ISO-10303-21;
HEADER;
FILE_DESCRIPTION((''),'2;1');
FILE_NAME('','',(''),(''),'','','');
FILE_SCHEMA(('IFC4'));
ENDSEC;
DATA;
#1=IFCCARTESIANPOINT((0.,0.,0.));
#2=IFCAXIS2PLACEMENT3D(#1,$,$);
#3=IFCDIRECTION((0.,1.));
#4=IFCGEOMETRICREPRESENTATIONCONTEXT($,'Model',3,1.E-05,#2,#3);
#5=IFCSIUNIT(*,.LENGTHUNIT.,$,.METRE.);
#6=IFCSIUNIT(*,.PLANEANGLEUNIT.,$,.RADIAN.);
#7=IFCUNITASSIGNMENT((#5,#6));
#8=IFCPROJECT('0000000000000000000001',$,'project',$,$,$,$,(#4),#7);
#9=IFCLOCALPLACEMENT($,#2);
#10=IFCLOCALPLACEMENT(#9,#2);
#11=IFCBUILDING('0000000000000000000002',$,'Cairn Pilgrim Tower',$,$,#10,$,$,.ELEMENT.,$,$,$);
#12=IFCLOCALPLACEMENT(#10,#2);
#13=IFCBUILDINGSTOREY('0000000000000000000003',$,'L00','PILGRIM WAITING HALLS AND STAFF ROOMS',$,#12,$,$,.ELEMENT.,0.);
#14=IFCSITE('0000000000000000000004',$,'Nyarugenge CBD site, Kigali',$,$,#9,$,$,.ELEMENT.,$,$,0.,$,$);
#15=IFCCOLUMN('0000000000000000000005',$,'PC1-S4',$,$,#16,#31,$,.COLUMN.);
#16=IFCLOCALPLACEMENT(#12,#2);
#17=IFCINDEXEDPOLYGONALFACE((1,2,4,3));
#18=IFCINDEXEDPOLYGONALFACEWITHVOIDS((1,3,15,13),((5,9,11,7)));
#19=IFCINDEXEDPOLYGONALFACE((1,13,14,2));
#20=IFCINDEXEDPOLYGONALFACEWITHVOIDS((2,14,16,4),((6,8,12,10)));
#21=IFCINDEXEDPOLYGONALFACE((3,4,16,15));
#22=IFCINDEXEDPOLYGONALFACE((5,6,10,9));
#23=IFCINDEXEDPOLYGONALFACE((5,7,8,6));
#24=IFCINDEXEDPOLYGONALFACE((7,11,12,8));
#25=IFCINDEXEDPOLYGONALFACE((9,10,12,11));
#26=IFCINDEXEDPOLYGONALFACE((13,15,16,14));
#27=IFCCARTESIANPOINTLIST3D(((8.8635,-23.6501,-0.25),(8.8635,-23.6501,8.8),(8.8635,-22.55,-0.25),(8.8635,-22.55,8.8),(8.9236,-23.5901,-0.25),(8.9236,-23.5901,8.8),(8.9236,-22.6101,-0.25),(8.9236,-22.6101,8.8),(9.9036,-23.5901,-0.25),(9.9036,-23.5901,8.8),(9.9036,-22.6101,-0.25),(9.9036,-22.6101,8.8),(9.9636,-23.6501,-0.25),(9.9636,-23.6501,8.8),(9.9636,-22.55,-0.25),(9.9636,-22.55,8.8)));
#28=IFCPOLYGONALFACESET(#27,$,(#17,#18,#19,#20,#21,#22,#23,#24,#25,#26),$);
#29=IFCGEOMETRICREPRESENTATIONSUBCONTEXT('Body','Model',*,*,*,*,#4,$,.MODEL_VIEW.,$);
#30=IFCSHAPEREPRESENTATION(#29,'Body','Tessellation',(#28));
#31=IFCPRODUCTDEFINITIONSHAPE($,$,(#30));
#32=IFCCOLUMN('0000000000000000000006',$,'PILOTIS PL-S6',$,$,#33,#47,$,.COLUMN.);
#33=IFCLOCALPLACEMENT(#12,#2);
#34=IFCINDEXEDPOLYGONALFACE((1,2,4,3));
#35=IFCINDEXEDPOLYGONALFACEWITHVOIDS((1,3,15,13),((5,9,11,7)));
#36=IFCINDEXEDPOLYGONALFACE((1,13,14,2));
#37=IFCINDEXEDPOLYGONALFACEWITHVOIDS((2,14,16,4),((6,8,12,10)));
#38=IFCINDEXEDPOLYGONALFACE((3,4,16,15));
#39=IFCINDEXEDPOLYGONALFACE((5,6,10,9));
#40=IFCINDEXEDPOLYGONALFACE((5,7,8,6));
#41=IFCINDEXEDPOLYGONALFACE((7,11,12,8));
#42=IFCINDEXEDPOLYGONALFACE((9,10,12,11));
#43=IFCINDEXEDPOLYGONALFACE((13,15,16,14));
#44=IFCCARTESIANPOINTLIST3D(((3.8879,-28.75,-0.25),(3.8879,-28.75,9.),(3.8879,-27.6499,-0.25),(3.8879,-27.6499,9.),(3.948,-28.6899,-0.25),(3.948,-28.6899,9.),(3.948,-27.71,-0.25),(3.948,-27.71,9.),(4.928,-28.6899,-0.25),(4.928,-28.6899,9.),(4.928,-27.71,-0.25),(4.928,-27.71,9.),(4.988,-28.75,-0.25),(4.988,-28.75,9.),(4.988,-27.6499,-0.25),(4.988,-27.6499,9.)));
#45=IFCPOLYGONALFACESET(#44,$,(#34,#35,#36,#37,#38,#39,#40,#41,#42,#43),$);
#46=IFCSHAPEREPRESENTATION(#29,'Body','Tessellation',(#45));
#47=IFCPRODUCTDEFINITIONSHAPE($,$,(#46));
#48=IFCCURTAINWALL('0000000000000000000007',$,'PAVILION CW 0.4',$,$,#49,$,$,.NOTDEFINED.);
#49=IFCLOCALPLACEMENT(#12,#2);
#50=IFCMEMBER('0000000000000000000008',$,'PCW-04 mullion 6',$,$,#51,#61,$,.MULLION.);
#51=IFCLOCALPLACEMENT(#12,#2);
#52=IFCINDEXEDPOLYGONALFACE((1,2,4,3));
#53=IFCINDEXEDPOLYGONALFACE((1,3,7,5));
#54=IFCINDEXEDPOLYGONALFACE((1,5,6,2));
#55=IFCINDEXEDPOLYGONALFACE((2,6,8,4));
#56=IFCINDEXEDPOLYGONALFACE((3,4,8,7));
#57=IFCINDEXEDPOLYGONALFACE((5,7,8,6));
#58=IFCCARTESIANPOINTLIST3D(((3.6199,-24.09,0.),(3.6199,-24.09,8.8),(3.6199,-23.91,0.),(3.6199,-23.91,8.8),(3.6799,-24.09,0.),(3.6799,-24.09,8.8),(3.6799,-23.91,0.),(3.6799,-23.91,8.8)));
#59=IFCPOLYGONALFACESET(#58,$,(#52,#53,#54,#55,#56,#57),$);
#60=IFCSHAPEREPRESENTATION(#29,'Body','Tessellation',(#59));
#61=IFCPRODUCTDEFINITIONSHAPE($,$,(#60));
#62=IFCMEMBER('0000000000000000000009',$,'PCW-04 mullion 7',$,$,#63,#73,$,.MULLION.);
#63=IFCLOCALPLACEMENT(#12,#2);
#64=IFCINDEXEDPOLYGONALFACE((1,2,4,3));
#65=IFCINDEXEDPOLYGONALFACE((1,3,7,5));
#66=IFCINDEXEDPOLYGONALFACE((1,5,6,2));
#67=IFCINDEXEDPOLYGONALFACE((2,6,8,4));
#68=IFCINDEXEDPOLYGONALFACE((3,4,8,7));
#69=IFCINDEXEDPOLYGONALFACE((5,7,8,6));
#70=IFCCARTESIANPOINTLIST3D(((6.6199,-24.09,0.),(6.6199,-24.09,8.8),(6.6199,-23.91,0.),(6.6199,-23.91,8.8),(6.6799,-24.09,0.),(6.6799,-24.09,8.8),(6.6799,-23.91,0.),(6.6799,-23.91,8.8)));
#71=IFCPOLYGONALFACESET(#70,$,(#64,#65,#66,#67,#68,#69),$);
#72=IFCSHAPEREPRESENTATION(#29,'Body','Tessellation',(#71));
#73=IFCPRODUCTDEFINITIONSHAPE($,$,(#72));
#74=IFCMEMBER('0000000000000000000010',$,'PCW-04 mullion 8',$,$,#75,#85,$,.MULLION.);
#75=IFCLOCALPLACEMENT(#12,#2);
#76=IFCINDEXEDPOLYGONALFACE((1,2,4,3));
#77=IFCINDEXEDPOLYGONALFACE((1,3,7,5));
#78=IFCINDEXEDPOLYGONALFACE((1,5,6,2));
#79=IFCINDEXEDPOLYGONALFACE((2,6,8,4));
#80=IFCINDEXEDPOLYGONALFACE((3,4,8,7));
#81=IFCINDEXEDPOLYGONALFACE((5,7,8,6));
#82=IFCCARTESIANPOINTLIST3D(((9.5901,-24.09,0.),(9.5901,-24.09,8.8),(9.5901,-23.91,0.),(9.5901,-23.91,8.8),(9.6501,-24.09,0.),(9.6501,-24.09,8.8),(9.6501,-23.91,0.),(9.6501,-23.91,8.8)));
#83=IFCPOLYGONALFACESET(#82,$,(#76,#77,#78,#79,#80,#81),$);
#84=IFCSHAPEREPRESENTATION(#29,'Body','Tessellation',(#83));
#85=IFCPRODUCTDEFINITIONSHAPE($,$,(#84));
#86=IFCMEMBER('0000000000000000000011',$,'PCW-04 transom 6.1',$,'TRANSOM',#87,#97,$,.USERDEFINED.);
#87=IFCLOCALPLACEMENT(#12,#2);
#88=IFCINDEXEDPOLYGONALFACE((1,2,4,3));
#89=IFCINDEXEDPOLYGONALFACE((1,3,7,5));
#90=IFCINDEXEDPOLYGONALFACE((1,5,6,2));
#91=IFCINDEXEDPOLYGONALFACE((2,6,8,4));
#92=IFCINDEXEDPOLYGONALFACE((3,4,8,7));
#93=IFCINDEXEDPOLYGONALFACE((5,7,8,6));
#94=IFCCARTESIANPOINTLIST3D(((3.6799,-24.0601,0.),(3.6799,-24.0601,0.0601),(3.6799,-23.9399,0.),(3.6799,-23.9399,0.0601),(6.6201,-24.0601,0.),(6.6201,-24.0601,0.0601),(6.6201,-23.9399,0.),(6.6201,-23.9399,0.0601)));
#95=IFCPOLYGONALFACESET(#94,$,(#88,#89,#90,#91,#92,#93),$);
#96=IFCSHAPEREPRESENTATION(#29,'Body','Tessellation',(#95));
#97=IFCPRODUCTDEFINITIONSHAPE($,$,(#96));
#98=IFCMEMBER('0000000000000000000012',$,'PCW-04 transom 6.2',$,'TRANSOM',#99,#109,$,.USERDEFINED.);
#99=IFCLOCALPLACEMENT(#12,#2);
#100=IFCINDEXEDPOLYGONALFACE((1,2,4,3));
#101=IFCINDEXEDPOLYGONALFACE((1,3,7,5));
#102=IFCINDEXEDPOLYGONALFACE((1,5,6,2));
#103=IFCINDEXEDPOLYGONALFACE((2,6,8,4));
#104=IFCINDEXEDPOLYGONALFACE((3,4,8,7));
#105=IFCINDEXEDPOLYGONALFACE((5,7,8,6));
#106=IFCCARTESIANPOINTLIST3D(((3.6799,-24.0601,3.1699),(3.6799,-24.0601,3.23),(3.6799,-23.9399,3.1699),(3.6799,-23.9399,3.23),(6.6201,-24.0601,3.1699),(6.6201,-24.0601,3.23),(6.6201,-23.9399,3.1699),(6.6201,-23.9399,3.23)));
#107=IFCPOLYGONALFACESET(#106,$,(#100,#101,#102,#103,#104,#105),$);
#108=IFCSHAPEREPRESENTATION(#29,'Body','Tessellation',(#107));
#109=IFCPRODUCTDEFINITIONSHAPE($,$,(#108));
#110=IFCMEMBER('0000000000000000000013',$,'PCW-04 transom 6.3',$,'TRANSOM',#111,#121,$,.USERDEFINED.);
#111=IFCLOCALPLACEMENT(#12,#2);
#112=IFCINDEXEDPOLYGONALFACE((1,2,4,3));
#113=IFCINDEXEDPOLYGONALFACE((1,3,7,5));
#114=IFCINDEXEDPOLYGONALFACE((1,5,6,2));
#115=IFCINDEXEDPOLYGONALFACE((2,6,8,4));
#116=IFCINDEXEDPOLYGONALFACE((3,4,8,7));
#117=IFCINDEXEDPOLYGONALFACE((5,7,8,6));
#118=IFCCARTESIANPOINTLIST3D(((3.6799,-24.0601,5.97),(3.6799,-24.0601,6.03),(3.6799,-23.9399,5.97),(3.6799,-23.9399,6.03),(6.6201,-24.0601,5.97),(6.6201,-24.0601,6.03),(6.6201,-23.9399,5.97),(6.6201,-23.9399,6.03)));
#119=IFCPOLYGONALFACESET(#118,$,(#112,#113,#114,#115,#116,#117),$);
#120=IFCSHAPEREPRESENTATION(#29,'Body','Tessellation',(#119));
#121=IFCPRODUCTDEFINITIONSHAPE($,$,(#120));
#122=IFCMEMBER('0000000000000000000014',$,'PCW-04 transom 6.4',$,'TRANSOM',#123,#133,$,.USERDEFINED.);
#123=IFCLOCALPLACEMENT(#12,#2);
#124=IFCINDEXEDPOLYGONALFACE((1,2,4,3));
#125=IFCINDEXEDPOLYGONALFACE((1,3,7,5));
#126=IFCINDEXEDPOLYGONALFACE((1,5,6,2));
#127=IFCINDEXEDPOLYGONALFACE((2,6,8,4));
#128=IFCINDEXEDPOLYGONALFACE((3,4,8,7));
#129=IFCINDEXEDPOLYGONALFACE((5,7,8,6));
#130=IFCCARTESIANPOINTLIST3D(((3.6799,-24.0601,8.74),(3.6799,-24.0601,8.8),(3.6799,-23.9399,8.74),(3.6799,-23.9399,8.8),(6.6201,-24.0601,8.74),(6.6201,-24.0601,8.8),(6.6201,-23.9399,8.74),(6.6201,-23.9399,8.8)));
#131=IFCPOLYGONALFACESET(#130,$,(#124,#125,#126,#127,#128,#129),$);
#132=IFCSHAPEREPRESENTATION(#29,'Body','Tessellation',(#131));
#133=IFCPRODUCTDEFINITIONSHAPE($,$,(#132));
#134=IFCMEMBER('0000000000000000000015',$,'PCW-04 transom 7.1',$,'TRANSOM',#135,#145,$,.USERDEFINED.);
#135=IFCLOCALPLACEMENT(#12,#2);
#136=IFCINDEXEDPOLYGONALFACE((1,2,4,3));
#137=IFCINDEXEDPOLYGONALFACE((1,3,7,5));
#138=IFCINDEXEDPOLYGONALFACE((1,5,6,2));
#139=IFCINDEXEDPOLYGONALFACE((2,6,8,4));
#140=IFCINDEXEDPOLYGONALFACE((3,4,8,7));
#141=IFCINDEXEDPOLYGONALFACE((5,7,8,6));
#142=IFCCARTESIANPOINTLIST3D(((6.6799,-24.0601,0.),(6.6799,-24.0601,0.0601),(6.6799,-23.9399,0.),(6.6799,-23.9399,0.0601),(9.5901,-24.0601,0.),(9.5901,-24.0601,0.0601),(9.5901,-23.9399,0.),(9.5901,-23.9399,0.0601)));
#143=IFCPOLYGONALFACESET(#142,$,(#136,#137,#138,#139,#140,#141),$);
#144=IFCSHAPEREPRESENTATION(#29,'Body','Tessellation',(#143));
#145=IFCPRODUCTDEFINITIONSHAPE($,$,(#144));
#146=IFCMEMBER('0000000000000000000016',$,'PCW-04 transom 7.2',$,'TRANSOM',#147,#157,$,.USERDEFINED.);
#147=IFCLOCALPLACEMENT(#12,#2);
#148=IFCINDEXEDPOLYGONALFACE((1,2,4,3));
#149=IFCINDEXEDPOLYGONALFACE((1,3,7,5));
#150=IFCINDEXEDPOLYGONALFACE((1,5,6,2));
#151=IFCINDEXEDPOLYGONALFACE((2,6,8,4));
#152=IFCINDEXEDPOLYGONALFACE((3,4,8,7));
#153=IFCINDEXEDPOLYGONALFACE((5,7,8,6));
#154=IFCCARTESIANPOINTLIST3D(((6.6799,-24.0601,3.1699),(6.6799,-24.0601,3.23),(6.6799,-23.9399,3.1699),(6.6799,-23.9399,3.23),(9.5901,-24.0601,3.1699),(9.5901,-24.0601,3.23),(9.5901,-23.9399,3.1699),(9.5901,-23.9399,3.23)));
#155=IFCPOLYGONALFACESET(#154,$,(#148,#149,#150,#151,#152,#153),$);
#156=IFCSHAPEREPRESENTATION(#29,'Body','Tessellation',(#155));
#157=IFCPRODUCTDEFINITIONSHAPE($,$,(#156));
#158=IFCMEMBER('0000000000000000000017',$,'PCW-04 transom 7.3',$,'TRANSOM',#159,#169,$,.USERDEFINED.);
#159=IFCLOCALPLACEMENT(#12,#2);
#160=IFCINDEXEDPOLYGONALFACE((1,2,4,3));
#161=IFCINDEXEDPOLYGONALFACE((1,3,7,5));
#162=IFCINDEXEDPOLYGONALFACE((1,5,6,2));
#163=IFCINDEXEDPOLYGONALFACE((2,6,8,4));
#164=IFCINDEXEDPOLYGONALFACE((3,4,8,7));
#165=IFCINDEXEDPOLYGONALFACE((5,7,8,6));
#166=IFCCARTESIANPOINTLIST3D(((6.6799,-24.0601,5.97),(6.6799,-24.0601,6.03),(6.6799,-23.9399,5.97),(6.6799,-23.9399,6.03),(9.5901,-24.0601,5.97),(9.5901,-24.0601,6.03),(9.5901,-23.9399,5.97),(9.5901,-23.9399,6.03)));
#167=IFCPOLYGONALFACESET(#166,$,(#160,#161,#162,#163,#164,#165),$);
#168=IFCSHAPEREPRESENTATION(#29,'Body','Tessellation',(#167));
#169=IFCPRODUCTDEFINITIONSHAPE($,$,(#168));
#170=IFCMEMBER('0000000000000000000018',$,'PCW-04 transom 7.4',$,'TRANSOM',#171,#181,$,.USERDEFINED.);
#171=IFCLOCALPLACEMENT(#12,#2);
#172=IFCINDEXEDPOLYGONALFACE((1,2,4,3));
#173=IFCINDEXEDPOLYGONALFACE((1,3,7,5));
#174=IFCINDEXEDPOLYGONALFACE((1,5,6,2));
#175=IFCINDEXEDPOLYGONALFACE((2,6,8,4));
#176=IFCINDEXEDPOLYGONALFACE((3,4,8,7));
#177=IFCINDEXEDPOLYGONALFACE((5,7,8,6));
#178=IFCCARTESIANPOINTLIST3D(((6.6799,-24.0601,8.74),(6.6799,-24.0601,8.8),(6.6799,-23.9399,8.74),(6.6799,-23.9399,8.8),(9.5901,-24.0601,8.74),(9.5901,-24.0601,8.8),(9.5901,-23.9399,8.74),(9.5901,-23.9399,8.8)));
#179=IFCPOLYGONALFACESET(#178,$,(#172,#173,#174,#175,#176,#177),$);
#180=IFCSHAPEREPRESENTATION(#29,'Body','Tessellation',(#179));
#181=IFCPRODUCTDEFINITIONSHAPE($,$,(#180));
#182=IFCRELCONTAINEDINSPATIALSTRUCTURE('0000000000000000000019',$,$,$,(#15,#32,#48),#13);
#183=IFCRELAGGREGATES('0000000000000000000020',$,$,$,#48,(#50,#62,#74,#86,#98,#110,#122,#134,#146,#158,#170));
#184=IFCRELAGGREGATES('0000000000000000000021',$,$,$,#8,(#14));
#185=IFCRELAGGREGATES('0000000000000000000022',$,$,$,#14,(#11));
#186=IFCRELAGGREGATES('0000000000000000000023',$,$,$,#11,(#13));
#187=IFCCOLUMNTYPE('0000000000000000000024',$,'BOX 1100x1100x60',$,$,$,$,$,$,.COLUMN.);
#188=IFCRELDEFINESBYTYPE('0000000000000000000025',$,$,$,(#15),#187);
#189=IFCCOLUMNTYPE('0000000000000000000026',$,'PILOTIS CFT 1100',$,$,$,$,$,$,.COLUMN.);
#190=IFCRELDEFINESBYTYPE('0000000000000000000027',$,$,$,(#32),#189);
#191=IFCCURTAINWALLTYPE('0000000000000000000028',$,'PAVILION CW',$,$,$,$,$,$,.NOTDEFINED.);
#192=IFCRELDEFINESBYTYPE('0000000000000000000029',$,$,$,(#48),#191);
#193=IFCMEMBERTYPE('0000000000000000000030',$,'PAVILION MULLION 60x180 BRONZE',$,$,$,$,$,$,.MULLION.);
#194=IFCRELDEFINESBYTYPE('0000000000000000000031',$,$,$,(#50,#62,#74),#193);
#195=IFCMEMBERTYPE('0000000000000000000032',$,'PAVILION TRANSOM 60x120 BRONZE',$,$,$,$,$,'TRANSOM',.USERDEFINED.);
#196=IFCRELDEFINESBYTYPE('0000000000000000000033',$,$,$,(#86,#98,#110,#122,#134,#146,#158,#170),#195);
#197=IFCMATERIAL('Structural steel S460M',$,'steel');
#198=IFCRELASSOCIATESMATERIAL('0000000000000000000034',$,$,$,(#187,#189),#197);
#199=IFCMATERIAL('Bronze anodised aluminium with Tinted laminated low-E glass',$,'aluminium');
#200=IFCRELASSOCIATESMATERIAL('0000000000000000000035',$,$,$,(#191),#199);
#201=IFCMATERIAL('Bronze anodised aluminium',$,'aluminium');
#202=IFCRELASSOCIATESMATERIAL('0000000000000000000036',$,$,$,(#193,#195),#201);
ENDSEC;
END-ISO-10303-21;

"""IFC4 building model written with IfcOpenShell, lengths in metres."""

from ifc_helpers import new_model, si_unit, direction, frame, origin, origin_2d, place, context, subcontext, project, spatial, rectangle, hollow_rectangle, extrude, material, material_profile, profile_set, type_object, element, aggregate, save


model = new_model("IFC4")

# Units and contexts
model_context = context("Model", 3, precision=1e-05, world=origin(), true_north=direction((0.0, 1.0)))
body_context = subcontext(model_context, "Body", "Model", "MODEL_VIEW")
ifc_project = project(units=[si_unit("LENGTHUNIT", "METRE"), si_unit("PLANEANGLEUNIT", "RADIAN")], contexts=[model_context])

# Site, building, storey
site_placement = place(None, origin())
site = spatial("IfcSite", under=ifc_project, at=site_placement, Name="Nyarugenge CBD site, Kigali", CompositionType="ELEMENT", RefElevation=0.0)
building_placement = place(site_placement, origin())
building = spatial("IfcBuilding", under=site, at=building_placement, Name="Cairn Pilgrim Tower", CompositionType="ELEMENT")
storey_placement = place(building_placement, origin())
storey = spatial("IfcBuildingStorey", under=building, at=storey_placement, Name="L00", Description="PILGRIM WAITING HALLS AND STAFF ROOMS", CompositionType="ELEMENT", Elevation=0.0)

# Columns
ifc_material_1 = material(Name="Structural steel S460M", Category="steel")
ifc_material_profile_1 = material_profile(ifc_material_1, hollow_rectangle(XDim=1.1001, YDim=1.1001, WallThickness=0.0601, at=origin_2d()), Name="BOX 1100x1100x60")
ifc_profile_set_1 = profile_set([ifc_material_profile_1], Name="Structural steel S460M")
column_type_1 = type_object("IfcColumnType", Name="BOX 1100x1100x60", PredefinedType="COLUMN", material=ifc_profile_set_1)
column_1_placement = place(storey_placement, frame((9.4136, -23.1001, -0.25), z_axis=(0.0, 0.0, 1.0), x_axis=(1.0, 0.0, 0.0)))
element("IfcColumn", 1, at=column_1_placement, inside=storey, type_object=column_type_1, Name="PC1-S4", PredefinedType="COLUMN", context=body_context, shape_type="SweptSolid", body=[
    extrude(hollow_rectangle(XDim=1.1001, YDim=1.1001, WallThickness=0.0601, at=origin_2d()), origin(), (0.0, 0.0, 1.0), 9.05),
])
ifc_material_profile_2 = material_profile(ifc_material_1, hollow_rectangle(XDim=1.1001, YDim=1.1001, WallThickness=0.0601, at=origin_2d()), Name="BOX 1100x1100x60")
ifc_profile_set_2 = profile_set([ifc_material_profile_2], Name="Structural steel S460M")
column_type_2 = type_object("IfcColumnType", Name="PILOTIS CFT 1100", PredefinedType="COLUMN", material=ifc_profile_set_2)
column_2_placement = place(storey_placement, frame((4.438, -28.2, -0.25), z_axis=(0.0, 0.0, 1.0), x_axis=(1.0, 0.0, 0.0)))
element("IfcColumn", 2, at=column_2_placement, inside=storey, type_object=column_type_2, Name="PILOTIS PL-S6", PredefinedType="COLUMN", context=body_context, shape_type="SweptSolid", body=[
    extrude(hollow_rectangle(XDim=1.1001, YDim=1.1001, WallThickness=0.0601, at=origin_2d()), origin(), (0.0, 0.0, 1.0), 9.25),
])

# Curtain wall, members
ifc_material_2 = material(Name="Bronze anodised aluminium with Tinted laminated low-E glass", Category="aluminium")
curtain_wall_type = type_object("IfcCurtainWallType", Name="PAVILION CW", PredefinedType="NOTDEFINED", material=ifc_material_2)
curtain_wall_placement = place(storey_placement, origin())
curtain_wall = element("IfcCurtainWall", 3, at=curtain_wall_placement, inside=storey, type_object=curtain_wall_type, Name="PAVILION CW 0.4", PredefinedType="NOTDEFINED")
ifc_material_3 = material(Name="Bronze anodised aluminium", Category="aluminium")
ifc_material_profile_3 = material_profile(ifc_material_3, rectangle(XDim=0.1799, YDim=0.0601, at=origin_2d()), Name="PAVILION MULLION 60x180 BRONZE")
ifc_profile_set_3 = profile_set([ifc_material_profile_3], Name="Bronze anodised aluminium")
member_type_1 = type_object("IfcMemberType", Name="PAVILION MULLION 60x180 BRONZE", PredefinedType="MULLION", material=ifc_profile_set_3)
member_1_placement = place(storey_placement, frame((3.6499, -24.0, 0.0), z_axis=(0.0, 0.0, 1.0), x_axis=(0.0, 1.0, 0.0)))
member_1 = element("IfcMember", 4, at=member_1_placement, type_object=member_type_1, Name="PCW-04 mullion 6", PredefinedType="MULLION", context=body_context, shape_type="SweptSolid", body=[
    extrude(rectangle(XDim=0.1799, YDim=0.0601, at=origin_2d()), origin(), (0.0, 0.0, 1.0), 8.8),
])
member_2_placement = place(storey_placement, frame((6.6499, -24.0, 0.0), z_axis=(0.0, 0.0, 1.0), x_axis=(0.0, 1.0, 0.0)))
member_2 = element("IfcMember", 5, at=member_2_placement, type_object=member_type_1, Name="PCW-04 mullion 7", PredefinedType="MULLION", context=body_context, shape_type="SweptSolid", body=[
    extrude(rectangle(XDim=0.1799, YDim=0.0601, at=origin_2d()), origin(), (0.0, 0.0, 1.0), 8.8),
])
member_3_placement = place(storey_placement, frame((9.6201, -24.0, 0.0), z_axis=(0.0, 0.0, 1.0), x_axis=(0.0, 1.0, 0.0)))
member_3 = element("IfcMember", 6, at=member_3_placement, type_object=member_type_1, Name="PCW-04 mullion 8", PredefinedType="MULLION", context=body_context, shape_type="SweptSolid", body=[
    extrude(rectangle(XDim=0.1799, YDim=0.0601, at=origin_2d()), origin(), (0.0, 0.0, 1.0), 8.8),
])
ifc_material_profile_4 = material_profile(ifc_material_3, rectangle(XDim=0.1201, YDim=0.0601, at=origin_2d()), Name="PAVILION TRANSOM 60x120 BRONZE")
ifc_profile_set_4 = profile_set([ifc_material_profile_4], Name="Bronze anodised aluminium")
member_type_2 = type_object("IfcMemberType", Name="PAVILION TRANSOM 60x120 BRONZE", ElementType="TRANSOM", PredefinedType="USERDEFINED", material=ifc_profile_set_4)
member_4_placement = place(storey_placement, frame((3.6799, -24.0, 0.03), z_axis=(1.0, 0.0, 0.0), x_axis=(0.0, 1.0, 0.0)))
member_4 = element("IfcMember", 7, at=member_4_placement, type_object=member_type_2, Name="PCW-04 transom 6.1", ObjectType="TRANSOM", PredefinedType="USERDEFINED", context=body_context, shape_type="SweptSolid", body=[
    extrude(rectangle(XDim=0.1201, YDim=0.0601, at=origin_2d()), origin(), (0.0, 0.0, 1.0), 2.9402),
])
member_5_placement = place(storey_placement, frame((3.6799, -24.0, 3.2), z_axis=(1.0, 0.0, 0.0), x_axis=(0.0, 1.0, 0.0)))
member_5 = element("IfcMember", 8, at=member_5_placement, type_object=member_type_2, Name="PCW-04 transom 6.2", ObjectType="TRANSOM", PredefinedType="USERDEFINED", context=body_context, shape_type="SweptSolid", body=[
    extrude(rectangle(XDim=0.1201, YDim=0.0601, at=origin_2d()), origin(), (0.0, 0.0, 1.0), 2.9402),
])
member_6_placement = place(storey_placement, frame((3.6799, -24.0, 6.0), z_axis=(1.0, 0.0, 0.0), x_axis=(0.0, 1.0, 0.0)))
member_6 = element("IfcMember", 9, at=member_6_placement, type_object=member_type_2, Name="PCW-04 transom 6.3", ObjectType="TRANSOM", PredefinedType="USERDEFINED", context=body_context, shape_type="SweptSolid", body=[
    extrude(rectangle(XDim=0.1201, YDim=0.0601, at=origin_2d()), origin(), (0.0, 0.0, 1.0), 2.9402),
])
member_7_placement = place(storey_placement, frame((3.6799, -24.0, 8.77), z_axis=(1.0, 0.0, 0.0), x_axis=(0.0, 1.0, 0.0)))
member_7 = element("IfcMember", 10, at=member_7_placement, type_object=member_type_2, Name="PCW-04 transom 6.4", ObjectType="TRANSOM", PredefinedType="USERDEFINED", context=body_context, shape_type="SweptSolid", body=[
    extrude(rectangle(XDim=0.1201, YDim=0.0601, at=origin_2d()), origin(), (0.0, 0.0, 1.0), 2.9402),
])
member_8_placement = place(storey_placement, frame((6.6799, -24.0, 0.03), z_axis=(1.0, 0.0, 0.0), x_axis=(0.0, 1.0, 0.0)))
member_8 = element("IfcMember", 11, at=member_8_placement, type_object=member_type_2, Name="PCW-04 transom 7.1", ObjectType="TRANSOM", PredefinedType="USERDEFINED", context=body_context, shape_type="SweptSolid", body=[
    extrude(rectangle(XDim=0.1201, YDim=0.0601, at=origin_2d()), origin(), (0.0, 0.0, 1.0), 2.9102),
])
member_9_placement = place(storey_placement, frame((6.6799, -24.0, 3.2), z_axis=(1.0, 0.0, 0.0), x_axis=(0.0, 1.0, 0.0)))
member_9 = element("IfcMember", 12, at=member_9_placement, type_object=member_type_2, Name="PCW-04 transom 7.2", ObjectType="TRANSOM", PredefinedType="USERDEFINED", context=body_context, shape_type="SweptSolid", body=[
    extrude(rectangle(XDim=0.1201, YDim=0.0601, at=origin_2d()), origin(), (0.0, 0.0, 1.0), 2.9102),
])
member_10_placement = place(storey_placement, frame((6.6799, -24.0, 6.0), z_axis=(1.0, 0.0, 0.0), x_axis=(0.0, 1.0, 0.0)))
member_10 = element("IfcMember", 13, at=member_10_placement, type_object=member_type_2, Name="PCW-04 transom 7.3", ObjectType="TRANSOM", PredefinedType="USERDEFINED", context=body_context, shape_type="SweptSolid", body=[
    extrude(rectangle(XDim=0.1201, YDim=0.0601, at=origin_2d()), origin(), (0.0, 0.0, 1.0), 2.9102),
])
member_11_placement = place(storey_placement, frame((6.6799, -24.0, 8.77), z_axis=(1.0, 0.0, 0.0), x_axis=(0.0, 1.0, 0.0)))
member_11 = element("IfcMember", 14, at=member_11_placement, type_object=member_type_2, Name="PCW-04 transom 7.4", ObjectType="TRANSOM", PredefinedType="USERDEFINED", context=body_context, shape_type="SweptSolid", body=[
    extrude(rectangle(XDim=0.1201, YDim=0.0601, at=origin_2d()), origin(), (0.0, 0.0, 1.0), 2.9102),
])
aggregate(curtain_wall, [member_1, member_2, member_3, member_4, member_5, member_6, member_7, member_8, member_9, member_10, member_11])

save(model, "model.ifc")
